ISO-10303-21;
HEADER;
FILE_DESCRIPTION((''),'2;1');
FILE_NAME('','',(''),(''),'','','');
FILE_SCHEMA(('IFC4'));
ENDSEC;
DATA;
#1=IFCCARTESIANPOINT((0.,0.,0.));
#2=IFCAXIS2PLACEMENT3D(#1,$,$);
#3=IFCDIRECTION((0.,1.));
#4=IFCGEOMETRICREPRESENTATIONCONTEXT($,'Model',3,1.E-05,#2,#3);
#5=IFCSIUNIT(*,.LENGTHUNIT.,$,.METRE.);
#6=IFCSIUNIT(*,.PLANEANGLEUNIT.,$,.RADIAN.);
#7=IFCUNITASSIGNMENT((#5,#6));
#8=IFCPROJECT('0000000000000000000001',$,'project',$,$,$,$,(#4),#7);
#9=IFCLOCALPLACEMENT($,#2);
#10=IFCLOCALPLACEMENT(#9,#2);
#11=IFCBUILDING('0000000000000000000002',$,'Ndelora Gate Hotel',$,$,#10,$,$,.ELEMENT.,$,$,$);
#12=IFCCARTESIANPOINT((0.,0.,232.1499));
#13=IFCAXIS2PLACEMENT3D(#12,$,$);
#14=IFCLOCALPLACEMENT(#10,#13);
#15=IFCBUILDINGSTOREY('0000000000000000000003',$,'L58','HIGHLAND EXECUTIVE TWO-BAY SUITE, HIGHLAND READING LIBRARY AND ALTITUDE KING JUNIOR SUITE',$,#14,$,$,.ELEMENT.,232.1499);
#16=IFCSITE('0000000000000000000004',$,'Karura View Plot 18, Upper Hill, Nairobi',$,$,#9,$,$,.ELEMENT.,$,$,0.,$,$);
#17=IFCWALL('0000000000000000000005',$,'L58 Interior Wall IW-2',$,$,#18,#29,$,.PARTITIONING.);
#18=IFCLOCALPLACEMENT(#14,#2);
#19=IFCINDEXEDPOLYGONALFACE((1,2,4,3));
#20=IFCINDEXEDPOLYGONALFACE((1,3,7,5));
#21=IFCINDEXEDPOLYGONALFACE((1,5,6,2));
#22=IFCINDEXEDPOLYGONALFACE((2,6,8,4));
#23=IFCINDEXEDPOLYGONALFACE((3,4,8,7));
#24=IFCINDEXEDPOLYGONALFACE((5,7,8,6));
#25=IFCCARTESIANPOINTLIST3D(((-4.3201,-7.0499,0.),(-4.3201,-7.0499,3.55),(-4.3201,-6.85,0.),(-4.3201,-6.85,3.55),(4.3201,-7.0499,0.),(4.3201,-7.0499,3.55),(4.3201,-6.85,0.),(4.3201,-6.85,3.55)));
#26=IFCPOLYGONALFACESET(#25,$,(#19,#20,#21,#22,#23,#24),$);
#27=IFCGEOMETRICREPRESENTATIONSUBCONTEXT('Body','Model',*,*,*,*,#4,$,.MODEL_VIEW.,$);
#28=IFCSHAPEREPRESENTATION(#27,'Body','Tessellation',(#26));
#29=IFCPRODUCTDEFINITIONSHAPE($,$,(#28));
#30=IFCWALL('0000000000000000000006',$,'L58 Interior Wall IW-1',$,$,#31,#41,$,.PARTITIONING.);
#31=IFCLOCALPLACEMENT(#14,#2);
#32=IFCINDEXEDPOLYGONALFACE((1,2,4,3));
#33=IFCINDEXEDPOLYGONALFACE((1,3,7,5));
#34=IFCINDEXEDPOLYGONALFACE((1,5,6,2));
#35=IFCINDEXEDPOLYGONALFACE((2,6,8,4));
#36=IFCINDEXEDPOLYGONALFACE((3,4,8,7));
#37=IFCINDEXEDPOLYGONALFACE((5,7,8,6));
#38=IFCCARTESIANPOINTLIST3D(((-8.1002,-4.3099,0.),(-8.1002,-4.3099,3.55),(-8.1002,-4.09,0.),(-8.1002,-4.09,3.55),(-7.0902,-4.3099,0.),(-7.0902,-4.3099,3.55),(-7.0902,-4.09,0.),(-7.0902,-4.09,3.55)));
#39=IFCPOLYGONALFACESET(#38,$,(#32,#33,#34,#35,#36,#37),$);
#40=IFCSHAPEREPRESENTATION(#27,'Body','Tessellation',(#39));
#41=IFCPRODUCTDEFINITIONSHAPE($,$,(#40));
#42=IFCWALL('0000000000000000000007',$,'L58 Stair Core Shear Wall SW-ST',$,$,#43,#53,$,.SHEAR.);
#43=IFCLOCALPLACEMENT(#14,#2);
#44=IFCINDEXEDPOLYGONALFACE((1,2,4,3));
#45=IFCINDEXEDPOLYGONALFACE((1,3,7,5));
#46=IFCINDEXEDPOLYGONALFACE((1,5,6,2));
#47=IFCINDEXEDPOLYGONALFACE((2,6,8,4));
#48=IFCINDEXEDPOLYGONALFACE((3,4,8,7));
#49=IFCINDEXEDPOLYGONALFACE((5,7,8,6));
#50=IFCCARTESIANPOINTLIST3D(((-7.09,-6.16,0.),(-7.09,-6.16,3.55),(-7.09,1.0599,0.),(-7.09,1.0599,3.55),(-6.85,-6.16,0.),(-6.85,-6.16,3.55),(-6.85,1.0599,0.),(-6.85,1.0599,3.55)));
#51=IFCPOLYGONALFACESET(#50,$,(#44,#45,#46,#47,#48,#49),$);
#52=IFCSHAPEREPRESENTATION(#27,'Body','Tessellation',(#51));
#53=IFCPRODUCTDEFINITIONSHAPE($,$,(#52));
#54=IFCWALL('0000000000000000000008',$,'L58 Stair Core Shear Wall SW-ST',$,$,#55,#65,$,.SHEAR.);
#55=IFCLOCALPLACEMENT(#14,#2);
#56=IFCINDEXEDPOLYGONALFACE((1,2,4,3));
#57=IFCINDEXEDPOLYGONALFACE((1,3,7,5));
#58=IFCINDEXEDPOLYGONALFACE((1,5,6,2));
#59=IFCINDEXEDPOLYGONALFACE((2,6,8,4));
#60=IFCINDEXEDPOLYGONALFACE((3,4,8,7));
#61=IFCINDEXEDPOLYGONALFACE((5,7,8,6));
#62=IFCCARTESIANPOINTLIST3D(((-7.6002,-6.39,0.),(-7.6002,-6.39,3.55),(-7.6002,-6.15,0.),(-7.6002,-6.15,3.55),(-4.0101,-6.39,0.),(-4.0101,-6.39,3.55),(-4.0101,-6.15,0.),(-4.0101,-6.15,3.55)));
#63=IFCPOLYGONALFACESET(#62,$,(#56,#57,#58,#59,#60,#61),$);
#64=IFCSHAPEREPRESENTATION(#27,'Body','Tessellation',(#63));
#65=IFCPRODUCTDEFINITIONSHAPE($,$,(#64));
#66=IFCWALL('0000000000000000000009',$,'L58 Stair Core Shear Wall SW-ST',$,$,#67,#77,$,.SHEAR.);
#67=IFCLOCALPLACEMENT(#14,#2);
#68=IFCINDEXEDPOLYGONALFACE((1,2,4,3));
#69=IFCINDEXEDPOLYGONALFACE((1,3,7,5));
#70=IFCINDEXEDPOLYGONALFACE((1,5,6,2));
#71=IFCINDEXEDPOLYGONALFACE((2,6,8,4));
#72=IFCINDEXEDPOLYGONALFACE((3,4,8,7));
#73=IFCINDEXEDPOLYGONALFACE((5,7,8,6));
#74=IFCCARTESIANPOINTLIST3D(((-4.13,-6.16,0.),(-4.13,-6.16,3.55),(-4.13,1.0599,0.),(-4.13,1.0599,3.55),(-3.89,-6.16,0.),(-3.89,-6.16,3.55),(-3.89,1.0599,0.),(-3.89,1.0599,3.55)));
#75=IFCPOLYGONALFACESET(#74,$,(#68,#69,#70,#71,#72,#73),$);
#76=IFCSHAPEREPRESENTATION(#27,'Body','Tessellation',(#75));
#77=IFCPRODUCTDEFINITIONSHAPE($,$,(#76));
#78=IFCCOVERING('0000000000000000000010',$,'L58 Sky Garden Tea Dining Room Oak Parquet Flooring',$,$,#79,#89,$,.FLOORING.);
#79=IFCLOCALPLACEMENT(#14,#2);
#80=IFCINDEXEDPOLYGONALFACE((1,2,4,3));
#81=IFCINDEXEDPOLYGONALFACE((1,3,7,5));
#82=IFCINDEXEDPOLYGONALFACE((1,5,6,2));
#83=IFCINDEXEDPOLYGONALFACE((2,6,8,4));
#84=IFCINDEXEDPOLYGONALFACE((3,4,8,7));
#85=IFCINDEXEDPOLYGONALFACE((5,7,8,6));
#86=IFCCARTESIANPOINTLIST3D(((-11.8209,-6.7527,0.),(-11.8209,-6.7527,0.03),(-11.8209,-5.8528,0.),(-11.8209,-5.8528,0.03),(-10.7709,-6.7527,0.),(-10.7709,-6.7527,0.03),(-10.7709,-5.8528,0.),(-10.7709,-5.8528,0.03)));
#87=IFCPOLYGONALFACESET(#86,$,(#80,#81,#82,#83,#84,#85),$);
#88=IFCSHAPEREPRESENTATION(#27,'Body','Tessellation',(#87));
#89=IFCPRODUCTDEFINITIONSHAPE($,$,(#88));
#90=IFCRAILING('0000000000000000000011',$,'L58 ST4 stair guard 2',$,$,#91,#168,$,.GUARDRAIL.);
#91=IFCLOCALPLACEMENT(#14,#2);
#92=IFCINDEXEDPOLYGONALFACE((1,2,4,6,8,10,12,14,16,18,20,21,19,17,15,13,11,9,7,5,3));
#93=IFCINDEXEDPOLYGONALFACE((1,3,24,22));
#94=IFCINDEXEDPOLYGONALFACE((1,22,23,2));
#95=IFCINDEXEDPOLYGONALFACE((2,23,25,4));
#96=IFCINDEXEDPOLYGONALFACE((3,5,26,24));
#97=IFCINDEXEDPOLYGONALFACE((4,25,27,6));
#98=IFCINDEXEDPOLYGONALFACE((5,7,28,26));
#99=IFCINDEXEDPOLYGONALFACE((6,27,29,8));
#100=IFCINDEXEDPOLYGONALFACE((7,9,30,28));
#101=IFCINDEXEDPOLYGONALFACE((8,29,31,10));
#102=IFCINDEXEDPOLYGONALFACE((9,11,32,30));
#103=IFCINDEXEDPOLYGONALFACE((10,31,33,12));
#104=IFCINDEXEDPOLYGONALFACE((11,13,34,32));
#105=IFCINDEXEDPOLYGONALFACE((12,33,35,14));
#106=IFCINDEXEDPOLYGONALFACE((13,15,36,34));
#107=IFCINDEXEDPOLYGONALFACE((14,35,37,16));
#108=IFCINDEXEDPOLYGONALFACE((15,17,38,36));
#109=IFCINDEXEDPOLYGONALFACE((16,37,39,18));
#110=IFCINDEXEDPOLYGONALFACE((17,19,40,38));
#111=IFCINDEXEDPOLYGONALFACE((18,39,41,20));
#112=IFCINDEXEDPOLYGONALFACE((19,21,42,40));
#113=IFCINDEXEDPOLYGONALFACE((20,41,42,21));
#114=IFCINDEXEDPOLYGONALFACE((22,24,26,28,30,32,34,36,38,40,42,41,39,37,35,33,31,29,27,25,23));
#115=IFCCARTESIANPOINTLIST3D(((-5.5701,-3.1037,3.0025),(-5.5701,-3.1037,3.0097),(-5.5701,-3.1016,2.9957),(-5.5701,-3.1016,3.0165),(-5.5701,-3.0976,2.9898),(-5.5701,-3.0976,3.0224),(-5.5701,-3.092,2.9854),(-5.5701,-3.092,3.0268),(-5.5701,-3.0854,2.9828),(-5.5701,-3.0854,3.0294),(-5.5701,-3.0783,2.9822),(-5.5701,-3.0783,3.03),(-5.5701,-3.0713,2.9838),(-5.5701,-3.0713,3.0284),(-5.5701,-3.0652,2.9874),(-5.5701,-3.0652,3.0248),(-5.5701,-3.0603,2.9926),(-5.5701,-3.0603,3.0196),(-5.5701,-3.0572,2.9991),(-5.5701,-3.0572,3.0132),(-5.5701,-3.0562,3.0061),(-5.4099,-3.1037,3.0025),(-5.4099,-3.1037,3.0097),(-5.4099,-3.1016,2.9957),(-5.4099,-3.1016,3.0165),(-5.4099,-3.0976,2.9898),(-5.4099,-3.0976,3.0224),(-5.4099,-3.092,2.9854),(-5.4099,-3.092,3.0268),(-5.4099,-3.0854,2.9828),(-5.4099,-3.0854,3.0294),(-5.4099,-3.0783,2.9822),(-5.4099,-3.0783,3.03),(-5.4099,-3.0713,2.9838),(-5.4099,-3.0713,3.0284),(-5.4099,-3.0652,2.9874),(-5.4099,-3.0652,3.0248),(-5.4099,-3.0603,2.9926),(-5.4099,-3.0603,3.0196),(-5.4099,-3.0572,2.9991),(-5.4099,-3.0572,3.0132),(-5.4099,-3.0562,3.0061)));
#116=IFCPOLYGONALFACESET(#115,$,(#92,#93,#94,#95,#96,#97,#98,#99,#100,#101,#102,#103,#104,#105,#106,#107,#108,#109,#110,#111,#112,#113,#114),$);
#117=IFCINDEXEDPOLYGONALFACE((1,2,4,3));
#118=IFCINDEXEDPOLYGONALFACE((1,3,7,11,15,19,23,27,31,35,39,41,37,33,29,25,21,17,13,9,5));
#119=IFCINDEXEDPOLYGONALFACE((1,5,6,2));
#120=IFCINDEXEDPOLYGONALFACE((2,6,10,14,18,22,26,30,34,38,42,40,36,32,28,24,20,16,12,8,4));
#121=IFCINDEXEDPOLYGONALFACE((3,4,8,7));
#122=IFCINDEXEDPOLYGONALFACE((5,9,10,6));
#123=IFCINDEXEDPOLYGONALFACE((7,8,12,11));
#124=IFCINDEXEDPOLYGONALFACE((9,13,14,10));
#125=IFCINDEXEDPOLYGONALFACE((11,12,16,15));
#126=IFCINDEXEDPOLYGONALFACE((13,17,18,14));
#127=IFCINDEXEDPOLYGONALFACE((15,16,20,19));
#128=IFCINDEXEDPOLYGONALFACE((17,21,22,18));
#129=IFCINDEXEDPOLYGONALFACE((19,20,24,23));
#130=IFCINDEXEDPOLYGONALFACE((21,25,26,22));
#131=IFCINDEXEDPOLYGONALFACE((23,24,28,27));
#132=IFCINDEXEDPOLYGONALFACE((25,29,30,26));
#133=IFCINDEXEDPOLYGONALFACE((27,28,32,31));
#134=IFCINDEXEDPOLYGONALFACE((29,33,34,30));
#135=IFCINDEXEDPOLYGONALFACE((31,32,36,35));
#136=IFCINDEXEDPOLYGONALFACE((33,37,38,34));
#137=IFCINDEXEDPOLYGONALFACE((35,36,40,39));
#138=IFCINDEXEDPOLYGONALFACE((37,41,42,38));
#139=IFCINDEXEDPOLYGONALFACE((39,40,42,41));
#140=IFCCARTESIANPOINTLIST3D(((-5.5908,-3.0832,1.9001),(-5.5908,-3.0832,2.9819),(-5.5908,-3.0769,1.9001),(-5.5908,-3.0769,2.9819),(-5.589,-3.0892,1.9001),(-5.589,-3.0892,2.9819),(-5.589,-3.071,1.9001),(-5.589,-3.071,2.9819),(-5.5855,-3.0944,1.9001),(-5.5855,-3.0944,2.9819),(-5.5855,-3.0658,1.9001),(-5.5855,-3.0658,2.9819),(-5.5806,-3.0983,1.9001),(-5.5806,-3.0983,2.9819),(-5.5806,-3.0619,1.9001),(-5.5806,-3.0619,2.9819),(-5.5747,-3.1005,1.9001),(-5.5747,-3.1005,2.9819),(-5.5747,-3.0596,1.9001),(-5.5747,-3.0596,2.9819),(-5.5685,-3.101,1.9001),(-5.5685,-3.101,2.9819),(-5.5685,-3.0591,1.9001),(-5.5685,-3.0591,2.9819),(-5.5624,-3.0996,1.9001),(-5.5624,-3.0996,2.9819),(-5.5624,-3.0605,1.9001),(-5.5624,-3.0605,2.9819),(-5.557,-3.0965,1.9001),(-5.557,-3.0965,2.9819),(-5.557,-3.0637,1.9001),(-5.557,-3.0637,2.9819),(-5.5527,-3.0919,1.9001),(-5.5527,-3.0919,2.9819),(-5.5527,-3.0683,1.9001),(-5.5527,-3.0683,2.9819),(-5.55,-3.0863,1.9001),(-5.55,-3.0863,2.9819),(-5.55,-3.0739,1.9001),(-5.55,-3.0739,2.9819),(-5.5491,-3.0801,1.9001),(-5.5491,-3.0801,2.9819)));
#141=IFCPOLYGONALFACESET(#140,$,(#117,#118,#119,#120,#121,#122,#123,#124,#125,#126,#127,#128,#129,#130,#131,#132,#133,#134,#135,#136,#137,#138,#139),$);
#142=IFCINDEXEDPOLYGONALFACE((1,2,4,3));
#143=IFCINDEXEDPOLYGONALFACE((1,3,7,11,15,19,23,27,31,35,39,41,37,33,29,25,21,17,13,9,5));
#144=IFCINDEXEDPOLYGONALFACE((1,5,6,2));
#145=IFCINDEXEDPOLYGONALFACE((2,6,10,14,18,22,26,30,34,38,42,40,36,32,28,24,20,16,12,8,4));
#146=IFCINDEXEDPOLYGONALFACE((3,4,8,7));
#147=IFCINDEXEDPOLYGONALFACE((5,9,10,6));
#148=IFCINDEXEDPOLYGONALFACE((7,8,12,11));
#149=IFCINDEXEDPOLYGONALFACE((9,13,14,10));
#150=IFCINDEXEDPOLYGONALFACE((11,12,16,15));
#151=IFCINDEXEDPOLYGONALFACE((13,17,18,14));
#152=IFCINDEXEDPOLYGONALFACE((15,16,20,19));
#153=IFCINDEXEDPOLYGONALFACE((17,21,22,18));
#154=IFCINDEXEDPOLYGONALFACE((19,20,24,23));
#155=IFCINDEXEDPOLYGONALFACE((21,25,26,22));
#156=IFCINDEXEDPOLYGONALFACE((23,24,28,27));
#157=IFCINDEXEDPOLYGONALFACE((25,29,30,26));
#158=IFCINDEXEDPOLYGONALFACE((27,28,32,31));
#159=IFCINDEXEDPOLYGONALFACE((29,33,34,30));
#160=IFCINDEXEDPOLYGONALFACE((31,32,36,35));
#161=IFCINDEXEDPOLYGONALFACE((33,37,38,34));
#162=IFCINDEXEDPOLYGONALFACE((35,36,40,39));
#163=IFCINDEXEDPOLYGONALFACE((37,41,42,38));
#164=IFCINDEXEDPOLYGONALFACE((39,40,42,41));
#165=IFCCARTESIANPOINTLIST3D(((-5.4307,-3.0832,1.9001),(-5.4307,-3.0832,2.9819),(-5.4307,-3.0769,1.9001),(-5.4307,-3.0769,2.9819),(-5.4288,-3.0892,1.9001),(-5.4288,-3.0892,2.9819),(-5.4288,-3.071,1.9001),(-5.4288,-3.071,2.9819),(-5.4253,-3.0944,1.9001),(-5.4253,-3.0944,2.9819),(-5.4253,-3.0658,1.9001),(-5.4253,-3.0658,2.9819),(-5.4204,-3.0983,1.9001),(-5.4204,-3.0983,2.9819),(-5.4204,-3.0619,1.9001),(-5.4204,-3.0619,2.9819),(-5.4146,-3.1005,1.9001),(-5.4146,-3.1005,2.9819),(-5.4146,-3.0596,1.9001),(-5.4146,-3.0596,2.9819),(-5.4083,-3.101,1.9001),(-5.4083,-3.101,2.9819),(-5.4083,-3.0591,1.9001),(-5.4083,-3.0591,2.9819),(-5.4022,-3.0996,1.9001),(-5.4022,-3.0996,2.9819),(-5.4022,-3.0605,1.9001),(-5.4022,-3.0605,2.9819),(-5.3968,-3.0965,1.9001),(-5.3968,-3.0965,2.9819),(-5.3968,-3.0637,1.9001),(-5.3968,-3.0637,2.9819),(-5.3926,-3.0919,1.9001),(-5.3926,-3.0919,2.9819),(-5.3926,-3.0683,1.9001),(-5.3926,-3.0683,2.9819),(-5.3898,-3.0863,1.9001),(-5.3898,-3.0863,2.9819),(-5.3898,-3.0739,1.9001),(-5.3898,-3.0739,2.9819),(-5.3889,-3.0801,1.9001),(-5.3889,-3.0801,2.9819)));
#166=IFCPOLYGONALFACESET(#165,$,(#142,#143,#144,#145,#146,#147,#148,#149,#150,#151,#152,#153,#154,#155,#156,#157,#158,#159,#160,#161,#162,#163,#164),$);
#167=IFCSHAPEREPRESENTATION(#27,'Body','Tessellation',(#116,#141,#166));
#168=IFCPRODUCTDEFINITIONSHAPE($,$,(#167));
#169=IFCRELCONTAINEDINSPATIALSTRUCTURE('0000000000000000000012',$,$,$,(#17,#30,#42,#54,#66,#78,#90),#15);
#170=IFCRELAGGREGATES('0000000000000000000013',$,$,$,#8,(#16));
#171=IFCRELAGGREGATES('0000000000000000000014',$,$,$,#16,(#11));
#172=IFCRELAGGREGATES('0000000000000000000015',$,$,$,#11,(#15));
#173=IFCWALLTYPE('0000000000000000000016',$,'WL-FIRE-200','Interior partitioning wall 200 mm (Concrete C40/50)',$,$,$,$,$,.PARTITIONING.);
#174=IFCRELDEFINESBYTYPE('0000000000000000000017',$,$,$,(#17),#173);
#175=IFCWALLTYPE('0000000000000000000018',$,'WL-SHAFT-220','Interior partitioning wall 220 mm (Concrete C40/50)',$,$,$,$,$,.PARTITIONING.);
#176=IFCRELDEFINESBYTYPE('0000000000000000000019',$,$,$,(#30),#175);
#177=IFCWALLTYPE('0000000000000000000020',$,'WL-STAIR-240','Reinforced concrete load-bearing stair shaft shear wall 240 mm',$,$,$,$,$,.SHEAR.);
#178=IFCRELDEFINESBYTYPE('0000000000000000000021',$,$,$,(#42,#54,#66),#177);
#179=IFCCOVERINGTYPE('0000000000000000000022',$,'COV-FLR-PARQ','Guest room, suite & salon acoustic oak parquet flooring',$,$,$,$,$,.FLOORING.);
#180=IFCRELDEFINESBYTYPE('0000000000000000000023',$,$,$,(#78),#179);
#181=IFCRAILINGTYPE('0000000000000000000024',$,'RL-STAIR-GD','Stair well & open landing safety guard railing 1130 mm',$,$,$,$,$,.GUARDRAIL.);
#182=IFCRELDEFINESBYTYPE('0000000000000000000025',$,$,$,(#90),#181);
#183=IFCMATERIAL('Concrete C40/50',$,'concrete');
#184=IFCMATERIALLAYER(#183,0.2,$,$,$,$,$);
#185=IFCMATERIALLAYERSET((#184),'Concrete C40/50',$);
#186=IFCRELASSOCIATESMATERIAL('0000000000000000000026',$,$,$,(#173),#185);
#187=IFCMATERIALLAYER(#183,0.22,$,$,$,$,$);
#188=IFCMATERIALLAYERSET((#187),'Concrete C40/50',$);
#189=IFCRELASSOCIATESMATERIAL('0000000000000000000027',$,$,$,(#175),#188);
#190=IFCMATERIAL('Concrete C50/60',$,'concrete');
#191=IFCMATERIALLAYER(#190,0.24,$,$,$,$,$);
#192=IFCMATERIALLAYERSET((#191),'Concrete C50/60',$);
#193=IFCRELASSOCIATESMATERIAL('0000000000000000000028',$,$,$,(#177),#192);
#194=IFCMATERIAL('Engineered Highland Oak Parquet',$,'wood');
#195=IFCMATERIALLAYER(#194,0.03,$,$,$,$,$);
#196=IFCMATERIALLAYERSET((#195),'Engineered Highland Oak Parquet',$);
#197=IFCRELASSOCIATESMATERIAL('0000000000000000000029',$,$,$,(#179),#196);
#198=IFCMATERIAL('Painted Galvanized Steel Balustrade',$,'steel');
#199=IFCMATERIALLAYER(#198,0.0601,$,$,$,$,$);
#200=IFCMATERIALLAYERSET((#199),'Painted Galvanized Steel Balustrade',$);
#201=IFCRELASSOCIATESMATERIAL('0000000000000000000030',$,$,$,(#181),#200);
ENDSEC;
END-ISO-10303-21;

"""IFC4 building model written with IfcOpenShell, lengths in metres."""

from ifc_helpers import new_model, si_unit, direction, frame, frame_2d, origin, origin_2d, place, context, subcontext, project, spatial, rectangle, circle, extrude, material, layer, layer_set, type_object, element, save


model = new_model("IFC4")

# Units and contexts
model_context = context("Model", 3, precision=1e-05, world=origin(), true_north=direction((0.0, 1.0)))
body_context = subcontext(model_context, "Body", "Model", "MODEL_VIEW")
ifc_project = project(units=[si_unit("LENGTHUNIT", "METRE"), si_unit("PLANEANGLEUNIT", "RADIAN")], contexts=[model_context])

# Site, building, storey
site_placement = place(None, origin())
site = spatial("IfcSite", under=ifc_project, at=site_placement, Name="Karura View Plot 18, Upper Hill, Nairobi", CompositionType="ELEMENT", RefElevation=0.0)
building_placement = place(site_placement, origin())
building = spatial("IfcBuilding", under=site, at=building_placement, Name="Ndelora Gate Hotel", CompositionType="ELEMENT")
storey_placement = place(building_placement, frame((0.0, 0.0, 232.1499)))
storey = spatial("IfcBuildingStorey", under=building, at=storey_placement, Name="L58", Description="HIGHLAND EXECUTIVE TWO-BAY SUITE, HIGHLAND READING LIBRARY AND ALTITUDE KING JUNIOR SUITE", CompositionType="ELEMENT", Elevation=232.1499)

# Shared definitions
ifc_material_1 = material(Name="Concrete C50/60", Category="concrete")

# Walls
ifc_material_2 = material(Name="Concrete C40/50", Category="concrete")
ifc_layer_1 = layer(ifc_material_2, 0.2)
ifc_layer_set_1 = layer_set([ifc_layer_1], Name="Concrete C40/50")
wall_type_1 = type_object("IfcWallType", Name="WL-FIRE-200", Description="Interior partitioning wall 200 mm (Concrete C40/50)", PredefinedType="PARTITIONING", material=ifc_layer_set_1)
wall_1_placement = place(storey_placement, frame((-4.3201, -6.95, 0.0), z_axis=(0.0, 0.0, 1.0), x_axis=(1.0, 0.0, 0.0)))
element("IfcWall", 1, at=wall_1_placement, inside=storey, type_object=wall_type_1, Name="L58 Interior Wall IW-2", PredefinedType="PARTITIONING", context=body_context, shape_type="SweptSolid", body=[
    extrude(rectangle(XDim=8.6401, YDim=0.2, at=frame_2d((4.3201, 0.0))), origin(), (0.0, 0.0, 1.0), 3.55),
])
ifc_layer_2 = layer(ifc_material_2, 0.22)
ifc_layer_set_2 = layer_set([ifc_layer_2], Name="Concrete C40/50")
wall_type_2 = type_object("IfcWallType", Name="WL-SHAFT-220", Description="Interior partitioning wall 220 mm (Concrete C40/50)", PredefinedType="PARTITIONING", material=ifc_layer_set_2)
wall_2_placement = place(storey_placement, frame((-8.1001, -4.2, 0.0), z_axis=(0.0, 0.0, 1.0), x_axis=(1.0, 0.0, 0.0)))
element("IfcWall", 2, at=wall_2_placement, inside=storey, type_object=wall_type_2, Name="L58 Interior Wall IW-1", PredefinedType="PARTITIONING", context=body_context, shape_type="SweptSolid", body=[
    extrude(rectangle(XDim=1.01, YDim=0.22, at=frame_2d((0.5049, 0.0))), origin(), (0.0, 0.0, 1.0), 3.55),
])
ifc_layer_3 = layer(ifc_material_1, 0.24)
ifc_layer_set_3 = layer_set([ifc_layer_3], Name="Concrete C50/60")
wall_type_3 = type_object("IfcWallType", Name="WL-STAIR-240", Description="Reinforced concrete load-bearing stair shaft shear wall 240 mm", PredefinedType="SHEAR", material=ifc_layer_set_3)
wall_3_placement = place(storey_placement, frame((-6.97, -6.1599, 0.0), z_axis=(0.0, 0.0, 1.0), x_axis=(0.0, 1.0, 0.0)))
element("IfcWall", 3, at=wall_3_placement, inside=storey, type_object=wall_type_3, Name="L58 Stair Core Shear Wall SW-ST", PredefinedType="SHEAR", context=body_context, shape_type="SweptSolid", body=[
    extrude(rectangle(XDim=7.22, YDim=0.24, at=frame_2d((3.6099, 0.0))), origin(), (0.0, 0.0, 1.0), 3.55),
])
wall_4_placement = place(storey_placement, frame((-7.6001, -6.27, 0.0), z_axis=(0.0, 0.0, 1.0), x_axis=(1.0, 0.0, 0.0)))
element("IfcWall", 4, at=wall_4_placement, inside=storey, type_object=wall_type_3, Name="L58 Stair Core Shear Wall SW-ST", PredefinedType="SHEAR", context=body_context, shape_type="SweptSolid", body=[
    extrude(rectangle(XDim=3.5901, YDim=0.24, at=frame_2d((1.7949, 0.0))), origin(), (0.0, 0.0, 1.0), 3.55),
])
wall_5_placement = place(storey_placement, frame((-4.01, -6.1599, 0.0), z_axis=(0.0, 0.0, 1.0), x_axis=(0.0, 1.0, 0.0)))
element("IfcWall", 5, at=wall_5_placement, inside=storey, type_object=wall_type_3, Name="L58 Stair Core Shear Wall SW-ST", PredefinedType="SHEAR", context=body_context, shape_type="SweptSolid", body=[
    extrude(rectangle(XDim=7.22, YDim=0.24, at=frame_2d((3.6099, 0.0))), origin(), (0.0, 0.0, 1.0), 3.55),
])

# Covering
ifc_material_3 = material(Name="Engineered Highland Oak Parquet", Category="wood")
ifc_layer_4 = layer(ifc_material_3, 0.03)
ifc_layer_set_4 = layer_set([ifc_layer_4], Name="Engineered Highland Oak Parquet")
covering_type = type_object("IfcCoveringType", Name="COV-FLR-PARQ", Description="Guest room, suite & salon acoustic oak parquet flooring", PredefinedType="FLOORING", material=ifc_layer_set_4)
covering_placement = place(storey_placement, frame((-11.2959, -6.3027, 0.0), z_axis=(0.0, 0.0, 1.0), x_axis=(1.0, 0.0, 0.0)))
element("IfcCovering", 6, at=covering_placement, inside=storey, type_object=covering_type, Name="L58 Sky Garden Tea Dining Room Oak Parquet Flooring", PredefinedType="FLOORING", context=body_context, shape_type="SweptSolid", body=[
    extrude(rectangle(XDim=1.05, YDim=0.8999, at=origin_2d()), origin(), (0.0, 0.0, 1.0), 0.03),
])

# Railing
ifc_material_4 = material(Name="Painted Galvanized Steel Balustrade", Category="steel")
ifc_layer_5 = layer(ifc_material_4, 0.0601)
ifc_layer_set_5 = layer_set([ifc_layer_5], Name="Painted Galvanized Steel Balustrade")
railing_type = type_object("IfcRailingType", Name="RL-STAIR-GD", Description="Stair well & open landing safety guard railing 1130 mm", PredefinedType="GUARDRAIL", material=ifc_layer_set_5)
railing_1_placement = place(storey_placement, frame((-5.5701, -3.0801, 1.9001)))
element("IfcRailing", 7, at=railing_1_placement, inside=storey, type_object=railing_type, Name="L58 ST4 stair guard 2", PredefinedType="GUARDRAIL", context=body_context, shape_type="SweptSolid", body=[
    extrude(circle(Radius=0.0239, at=origin_2d()), frame((0.0, 0.0, 1.106), z_axis=(1.0, 0.0, 0.0), x_axis=(0.0, 1.0, 0.0)), (0.0, 0.0, 1.0), 0.1602),
    extrude(circle(Radius=0.021, at=origin_2d()), origin(), (0.0, 0.0, 1.0), 1.0818),
    extrude(circle(Radius=0.021, at=origin_2d()), frame((0.1602, 0.0, 0.0)), (0.0, 0.0, 1.0), 1.0818),
])

save(model, "model.ifc")
